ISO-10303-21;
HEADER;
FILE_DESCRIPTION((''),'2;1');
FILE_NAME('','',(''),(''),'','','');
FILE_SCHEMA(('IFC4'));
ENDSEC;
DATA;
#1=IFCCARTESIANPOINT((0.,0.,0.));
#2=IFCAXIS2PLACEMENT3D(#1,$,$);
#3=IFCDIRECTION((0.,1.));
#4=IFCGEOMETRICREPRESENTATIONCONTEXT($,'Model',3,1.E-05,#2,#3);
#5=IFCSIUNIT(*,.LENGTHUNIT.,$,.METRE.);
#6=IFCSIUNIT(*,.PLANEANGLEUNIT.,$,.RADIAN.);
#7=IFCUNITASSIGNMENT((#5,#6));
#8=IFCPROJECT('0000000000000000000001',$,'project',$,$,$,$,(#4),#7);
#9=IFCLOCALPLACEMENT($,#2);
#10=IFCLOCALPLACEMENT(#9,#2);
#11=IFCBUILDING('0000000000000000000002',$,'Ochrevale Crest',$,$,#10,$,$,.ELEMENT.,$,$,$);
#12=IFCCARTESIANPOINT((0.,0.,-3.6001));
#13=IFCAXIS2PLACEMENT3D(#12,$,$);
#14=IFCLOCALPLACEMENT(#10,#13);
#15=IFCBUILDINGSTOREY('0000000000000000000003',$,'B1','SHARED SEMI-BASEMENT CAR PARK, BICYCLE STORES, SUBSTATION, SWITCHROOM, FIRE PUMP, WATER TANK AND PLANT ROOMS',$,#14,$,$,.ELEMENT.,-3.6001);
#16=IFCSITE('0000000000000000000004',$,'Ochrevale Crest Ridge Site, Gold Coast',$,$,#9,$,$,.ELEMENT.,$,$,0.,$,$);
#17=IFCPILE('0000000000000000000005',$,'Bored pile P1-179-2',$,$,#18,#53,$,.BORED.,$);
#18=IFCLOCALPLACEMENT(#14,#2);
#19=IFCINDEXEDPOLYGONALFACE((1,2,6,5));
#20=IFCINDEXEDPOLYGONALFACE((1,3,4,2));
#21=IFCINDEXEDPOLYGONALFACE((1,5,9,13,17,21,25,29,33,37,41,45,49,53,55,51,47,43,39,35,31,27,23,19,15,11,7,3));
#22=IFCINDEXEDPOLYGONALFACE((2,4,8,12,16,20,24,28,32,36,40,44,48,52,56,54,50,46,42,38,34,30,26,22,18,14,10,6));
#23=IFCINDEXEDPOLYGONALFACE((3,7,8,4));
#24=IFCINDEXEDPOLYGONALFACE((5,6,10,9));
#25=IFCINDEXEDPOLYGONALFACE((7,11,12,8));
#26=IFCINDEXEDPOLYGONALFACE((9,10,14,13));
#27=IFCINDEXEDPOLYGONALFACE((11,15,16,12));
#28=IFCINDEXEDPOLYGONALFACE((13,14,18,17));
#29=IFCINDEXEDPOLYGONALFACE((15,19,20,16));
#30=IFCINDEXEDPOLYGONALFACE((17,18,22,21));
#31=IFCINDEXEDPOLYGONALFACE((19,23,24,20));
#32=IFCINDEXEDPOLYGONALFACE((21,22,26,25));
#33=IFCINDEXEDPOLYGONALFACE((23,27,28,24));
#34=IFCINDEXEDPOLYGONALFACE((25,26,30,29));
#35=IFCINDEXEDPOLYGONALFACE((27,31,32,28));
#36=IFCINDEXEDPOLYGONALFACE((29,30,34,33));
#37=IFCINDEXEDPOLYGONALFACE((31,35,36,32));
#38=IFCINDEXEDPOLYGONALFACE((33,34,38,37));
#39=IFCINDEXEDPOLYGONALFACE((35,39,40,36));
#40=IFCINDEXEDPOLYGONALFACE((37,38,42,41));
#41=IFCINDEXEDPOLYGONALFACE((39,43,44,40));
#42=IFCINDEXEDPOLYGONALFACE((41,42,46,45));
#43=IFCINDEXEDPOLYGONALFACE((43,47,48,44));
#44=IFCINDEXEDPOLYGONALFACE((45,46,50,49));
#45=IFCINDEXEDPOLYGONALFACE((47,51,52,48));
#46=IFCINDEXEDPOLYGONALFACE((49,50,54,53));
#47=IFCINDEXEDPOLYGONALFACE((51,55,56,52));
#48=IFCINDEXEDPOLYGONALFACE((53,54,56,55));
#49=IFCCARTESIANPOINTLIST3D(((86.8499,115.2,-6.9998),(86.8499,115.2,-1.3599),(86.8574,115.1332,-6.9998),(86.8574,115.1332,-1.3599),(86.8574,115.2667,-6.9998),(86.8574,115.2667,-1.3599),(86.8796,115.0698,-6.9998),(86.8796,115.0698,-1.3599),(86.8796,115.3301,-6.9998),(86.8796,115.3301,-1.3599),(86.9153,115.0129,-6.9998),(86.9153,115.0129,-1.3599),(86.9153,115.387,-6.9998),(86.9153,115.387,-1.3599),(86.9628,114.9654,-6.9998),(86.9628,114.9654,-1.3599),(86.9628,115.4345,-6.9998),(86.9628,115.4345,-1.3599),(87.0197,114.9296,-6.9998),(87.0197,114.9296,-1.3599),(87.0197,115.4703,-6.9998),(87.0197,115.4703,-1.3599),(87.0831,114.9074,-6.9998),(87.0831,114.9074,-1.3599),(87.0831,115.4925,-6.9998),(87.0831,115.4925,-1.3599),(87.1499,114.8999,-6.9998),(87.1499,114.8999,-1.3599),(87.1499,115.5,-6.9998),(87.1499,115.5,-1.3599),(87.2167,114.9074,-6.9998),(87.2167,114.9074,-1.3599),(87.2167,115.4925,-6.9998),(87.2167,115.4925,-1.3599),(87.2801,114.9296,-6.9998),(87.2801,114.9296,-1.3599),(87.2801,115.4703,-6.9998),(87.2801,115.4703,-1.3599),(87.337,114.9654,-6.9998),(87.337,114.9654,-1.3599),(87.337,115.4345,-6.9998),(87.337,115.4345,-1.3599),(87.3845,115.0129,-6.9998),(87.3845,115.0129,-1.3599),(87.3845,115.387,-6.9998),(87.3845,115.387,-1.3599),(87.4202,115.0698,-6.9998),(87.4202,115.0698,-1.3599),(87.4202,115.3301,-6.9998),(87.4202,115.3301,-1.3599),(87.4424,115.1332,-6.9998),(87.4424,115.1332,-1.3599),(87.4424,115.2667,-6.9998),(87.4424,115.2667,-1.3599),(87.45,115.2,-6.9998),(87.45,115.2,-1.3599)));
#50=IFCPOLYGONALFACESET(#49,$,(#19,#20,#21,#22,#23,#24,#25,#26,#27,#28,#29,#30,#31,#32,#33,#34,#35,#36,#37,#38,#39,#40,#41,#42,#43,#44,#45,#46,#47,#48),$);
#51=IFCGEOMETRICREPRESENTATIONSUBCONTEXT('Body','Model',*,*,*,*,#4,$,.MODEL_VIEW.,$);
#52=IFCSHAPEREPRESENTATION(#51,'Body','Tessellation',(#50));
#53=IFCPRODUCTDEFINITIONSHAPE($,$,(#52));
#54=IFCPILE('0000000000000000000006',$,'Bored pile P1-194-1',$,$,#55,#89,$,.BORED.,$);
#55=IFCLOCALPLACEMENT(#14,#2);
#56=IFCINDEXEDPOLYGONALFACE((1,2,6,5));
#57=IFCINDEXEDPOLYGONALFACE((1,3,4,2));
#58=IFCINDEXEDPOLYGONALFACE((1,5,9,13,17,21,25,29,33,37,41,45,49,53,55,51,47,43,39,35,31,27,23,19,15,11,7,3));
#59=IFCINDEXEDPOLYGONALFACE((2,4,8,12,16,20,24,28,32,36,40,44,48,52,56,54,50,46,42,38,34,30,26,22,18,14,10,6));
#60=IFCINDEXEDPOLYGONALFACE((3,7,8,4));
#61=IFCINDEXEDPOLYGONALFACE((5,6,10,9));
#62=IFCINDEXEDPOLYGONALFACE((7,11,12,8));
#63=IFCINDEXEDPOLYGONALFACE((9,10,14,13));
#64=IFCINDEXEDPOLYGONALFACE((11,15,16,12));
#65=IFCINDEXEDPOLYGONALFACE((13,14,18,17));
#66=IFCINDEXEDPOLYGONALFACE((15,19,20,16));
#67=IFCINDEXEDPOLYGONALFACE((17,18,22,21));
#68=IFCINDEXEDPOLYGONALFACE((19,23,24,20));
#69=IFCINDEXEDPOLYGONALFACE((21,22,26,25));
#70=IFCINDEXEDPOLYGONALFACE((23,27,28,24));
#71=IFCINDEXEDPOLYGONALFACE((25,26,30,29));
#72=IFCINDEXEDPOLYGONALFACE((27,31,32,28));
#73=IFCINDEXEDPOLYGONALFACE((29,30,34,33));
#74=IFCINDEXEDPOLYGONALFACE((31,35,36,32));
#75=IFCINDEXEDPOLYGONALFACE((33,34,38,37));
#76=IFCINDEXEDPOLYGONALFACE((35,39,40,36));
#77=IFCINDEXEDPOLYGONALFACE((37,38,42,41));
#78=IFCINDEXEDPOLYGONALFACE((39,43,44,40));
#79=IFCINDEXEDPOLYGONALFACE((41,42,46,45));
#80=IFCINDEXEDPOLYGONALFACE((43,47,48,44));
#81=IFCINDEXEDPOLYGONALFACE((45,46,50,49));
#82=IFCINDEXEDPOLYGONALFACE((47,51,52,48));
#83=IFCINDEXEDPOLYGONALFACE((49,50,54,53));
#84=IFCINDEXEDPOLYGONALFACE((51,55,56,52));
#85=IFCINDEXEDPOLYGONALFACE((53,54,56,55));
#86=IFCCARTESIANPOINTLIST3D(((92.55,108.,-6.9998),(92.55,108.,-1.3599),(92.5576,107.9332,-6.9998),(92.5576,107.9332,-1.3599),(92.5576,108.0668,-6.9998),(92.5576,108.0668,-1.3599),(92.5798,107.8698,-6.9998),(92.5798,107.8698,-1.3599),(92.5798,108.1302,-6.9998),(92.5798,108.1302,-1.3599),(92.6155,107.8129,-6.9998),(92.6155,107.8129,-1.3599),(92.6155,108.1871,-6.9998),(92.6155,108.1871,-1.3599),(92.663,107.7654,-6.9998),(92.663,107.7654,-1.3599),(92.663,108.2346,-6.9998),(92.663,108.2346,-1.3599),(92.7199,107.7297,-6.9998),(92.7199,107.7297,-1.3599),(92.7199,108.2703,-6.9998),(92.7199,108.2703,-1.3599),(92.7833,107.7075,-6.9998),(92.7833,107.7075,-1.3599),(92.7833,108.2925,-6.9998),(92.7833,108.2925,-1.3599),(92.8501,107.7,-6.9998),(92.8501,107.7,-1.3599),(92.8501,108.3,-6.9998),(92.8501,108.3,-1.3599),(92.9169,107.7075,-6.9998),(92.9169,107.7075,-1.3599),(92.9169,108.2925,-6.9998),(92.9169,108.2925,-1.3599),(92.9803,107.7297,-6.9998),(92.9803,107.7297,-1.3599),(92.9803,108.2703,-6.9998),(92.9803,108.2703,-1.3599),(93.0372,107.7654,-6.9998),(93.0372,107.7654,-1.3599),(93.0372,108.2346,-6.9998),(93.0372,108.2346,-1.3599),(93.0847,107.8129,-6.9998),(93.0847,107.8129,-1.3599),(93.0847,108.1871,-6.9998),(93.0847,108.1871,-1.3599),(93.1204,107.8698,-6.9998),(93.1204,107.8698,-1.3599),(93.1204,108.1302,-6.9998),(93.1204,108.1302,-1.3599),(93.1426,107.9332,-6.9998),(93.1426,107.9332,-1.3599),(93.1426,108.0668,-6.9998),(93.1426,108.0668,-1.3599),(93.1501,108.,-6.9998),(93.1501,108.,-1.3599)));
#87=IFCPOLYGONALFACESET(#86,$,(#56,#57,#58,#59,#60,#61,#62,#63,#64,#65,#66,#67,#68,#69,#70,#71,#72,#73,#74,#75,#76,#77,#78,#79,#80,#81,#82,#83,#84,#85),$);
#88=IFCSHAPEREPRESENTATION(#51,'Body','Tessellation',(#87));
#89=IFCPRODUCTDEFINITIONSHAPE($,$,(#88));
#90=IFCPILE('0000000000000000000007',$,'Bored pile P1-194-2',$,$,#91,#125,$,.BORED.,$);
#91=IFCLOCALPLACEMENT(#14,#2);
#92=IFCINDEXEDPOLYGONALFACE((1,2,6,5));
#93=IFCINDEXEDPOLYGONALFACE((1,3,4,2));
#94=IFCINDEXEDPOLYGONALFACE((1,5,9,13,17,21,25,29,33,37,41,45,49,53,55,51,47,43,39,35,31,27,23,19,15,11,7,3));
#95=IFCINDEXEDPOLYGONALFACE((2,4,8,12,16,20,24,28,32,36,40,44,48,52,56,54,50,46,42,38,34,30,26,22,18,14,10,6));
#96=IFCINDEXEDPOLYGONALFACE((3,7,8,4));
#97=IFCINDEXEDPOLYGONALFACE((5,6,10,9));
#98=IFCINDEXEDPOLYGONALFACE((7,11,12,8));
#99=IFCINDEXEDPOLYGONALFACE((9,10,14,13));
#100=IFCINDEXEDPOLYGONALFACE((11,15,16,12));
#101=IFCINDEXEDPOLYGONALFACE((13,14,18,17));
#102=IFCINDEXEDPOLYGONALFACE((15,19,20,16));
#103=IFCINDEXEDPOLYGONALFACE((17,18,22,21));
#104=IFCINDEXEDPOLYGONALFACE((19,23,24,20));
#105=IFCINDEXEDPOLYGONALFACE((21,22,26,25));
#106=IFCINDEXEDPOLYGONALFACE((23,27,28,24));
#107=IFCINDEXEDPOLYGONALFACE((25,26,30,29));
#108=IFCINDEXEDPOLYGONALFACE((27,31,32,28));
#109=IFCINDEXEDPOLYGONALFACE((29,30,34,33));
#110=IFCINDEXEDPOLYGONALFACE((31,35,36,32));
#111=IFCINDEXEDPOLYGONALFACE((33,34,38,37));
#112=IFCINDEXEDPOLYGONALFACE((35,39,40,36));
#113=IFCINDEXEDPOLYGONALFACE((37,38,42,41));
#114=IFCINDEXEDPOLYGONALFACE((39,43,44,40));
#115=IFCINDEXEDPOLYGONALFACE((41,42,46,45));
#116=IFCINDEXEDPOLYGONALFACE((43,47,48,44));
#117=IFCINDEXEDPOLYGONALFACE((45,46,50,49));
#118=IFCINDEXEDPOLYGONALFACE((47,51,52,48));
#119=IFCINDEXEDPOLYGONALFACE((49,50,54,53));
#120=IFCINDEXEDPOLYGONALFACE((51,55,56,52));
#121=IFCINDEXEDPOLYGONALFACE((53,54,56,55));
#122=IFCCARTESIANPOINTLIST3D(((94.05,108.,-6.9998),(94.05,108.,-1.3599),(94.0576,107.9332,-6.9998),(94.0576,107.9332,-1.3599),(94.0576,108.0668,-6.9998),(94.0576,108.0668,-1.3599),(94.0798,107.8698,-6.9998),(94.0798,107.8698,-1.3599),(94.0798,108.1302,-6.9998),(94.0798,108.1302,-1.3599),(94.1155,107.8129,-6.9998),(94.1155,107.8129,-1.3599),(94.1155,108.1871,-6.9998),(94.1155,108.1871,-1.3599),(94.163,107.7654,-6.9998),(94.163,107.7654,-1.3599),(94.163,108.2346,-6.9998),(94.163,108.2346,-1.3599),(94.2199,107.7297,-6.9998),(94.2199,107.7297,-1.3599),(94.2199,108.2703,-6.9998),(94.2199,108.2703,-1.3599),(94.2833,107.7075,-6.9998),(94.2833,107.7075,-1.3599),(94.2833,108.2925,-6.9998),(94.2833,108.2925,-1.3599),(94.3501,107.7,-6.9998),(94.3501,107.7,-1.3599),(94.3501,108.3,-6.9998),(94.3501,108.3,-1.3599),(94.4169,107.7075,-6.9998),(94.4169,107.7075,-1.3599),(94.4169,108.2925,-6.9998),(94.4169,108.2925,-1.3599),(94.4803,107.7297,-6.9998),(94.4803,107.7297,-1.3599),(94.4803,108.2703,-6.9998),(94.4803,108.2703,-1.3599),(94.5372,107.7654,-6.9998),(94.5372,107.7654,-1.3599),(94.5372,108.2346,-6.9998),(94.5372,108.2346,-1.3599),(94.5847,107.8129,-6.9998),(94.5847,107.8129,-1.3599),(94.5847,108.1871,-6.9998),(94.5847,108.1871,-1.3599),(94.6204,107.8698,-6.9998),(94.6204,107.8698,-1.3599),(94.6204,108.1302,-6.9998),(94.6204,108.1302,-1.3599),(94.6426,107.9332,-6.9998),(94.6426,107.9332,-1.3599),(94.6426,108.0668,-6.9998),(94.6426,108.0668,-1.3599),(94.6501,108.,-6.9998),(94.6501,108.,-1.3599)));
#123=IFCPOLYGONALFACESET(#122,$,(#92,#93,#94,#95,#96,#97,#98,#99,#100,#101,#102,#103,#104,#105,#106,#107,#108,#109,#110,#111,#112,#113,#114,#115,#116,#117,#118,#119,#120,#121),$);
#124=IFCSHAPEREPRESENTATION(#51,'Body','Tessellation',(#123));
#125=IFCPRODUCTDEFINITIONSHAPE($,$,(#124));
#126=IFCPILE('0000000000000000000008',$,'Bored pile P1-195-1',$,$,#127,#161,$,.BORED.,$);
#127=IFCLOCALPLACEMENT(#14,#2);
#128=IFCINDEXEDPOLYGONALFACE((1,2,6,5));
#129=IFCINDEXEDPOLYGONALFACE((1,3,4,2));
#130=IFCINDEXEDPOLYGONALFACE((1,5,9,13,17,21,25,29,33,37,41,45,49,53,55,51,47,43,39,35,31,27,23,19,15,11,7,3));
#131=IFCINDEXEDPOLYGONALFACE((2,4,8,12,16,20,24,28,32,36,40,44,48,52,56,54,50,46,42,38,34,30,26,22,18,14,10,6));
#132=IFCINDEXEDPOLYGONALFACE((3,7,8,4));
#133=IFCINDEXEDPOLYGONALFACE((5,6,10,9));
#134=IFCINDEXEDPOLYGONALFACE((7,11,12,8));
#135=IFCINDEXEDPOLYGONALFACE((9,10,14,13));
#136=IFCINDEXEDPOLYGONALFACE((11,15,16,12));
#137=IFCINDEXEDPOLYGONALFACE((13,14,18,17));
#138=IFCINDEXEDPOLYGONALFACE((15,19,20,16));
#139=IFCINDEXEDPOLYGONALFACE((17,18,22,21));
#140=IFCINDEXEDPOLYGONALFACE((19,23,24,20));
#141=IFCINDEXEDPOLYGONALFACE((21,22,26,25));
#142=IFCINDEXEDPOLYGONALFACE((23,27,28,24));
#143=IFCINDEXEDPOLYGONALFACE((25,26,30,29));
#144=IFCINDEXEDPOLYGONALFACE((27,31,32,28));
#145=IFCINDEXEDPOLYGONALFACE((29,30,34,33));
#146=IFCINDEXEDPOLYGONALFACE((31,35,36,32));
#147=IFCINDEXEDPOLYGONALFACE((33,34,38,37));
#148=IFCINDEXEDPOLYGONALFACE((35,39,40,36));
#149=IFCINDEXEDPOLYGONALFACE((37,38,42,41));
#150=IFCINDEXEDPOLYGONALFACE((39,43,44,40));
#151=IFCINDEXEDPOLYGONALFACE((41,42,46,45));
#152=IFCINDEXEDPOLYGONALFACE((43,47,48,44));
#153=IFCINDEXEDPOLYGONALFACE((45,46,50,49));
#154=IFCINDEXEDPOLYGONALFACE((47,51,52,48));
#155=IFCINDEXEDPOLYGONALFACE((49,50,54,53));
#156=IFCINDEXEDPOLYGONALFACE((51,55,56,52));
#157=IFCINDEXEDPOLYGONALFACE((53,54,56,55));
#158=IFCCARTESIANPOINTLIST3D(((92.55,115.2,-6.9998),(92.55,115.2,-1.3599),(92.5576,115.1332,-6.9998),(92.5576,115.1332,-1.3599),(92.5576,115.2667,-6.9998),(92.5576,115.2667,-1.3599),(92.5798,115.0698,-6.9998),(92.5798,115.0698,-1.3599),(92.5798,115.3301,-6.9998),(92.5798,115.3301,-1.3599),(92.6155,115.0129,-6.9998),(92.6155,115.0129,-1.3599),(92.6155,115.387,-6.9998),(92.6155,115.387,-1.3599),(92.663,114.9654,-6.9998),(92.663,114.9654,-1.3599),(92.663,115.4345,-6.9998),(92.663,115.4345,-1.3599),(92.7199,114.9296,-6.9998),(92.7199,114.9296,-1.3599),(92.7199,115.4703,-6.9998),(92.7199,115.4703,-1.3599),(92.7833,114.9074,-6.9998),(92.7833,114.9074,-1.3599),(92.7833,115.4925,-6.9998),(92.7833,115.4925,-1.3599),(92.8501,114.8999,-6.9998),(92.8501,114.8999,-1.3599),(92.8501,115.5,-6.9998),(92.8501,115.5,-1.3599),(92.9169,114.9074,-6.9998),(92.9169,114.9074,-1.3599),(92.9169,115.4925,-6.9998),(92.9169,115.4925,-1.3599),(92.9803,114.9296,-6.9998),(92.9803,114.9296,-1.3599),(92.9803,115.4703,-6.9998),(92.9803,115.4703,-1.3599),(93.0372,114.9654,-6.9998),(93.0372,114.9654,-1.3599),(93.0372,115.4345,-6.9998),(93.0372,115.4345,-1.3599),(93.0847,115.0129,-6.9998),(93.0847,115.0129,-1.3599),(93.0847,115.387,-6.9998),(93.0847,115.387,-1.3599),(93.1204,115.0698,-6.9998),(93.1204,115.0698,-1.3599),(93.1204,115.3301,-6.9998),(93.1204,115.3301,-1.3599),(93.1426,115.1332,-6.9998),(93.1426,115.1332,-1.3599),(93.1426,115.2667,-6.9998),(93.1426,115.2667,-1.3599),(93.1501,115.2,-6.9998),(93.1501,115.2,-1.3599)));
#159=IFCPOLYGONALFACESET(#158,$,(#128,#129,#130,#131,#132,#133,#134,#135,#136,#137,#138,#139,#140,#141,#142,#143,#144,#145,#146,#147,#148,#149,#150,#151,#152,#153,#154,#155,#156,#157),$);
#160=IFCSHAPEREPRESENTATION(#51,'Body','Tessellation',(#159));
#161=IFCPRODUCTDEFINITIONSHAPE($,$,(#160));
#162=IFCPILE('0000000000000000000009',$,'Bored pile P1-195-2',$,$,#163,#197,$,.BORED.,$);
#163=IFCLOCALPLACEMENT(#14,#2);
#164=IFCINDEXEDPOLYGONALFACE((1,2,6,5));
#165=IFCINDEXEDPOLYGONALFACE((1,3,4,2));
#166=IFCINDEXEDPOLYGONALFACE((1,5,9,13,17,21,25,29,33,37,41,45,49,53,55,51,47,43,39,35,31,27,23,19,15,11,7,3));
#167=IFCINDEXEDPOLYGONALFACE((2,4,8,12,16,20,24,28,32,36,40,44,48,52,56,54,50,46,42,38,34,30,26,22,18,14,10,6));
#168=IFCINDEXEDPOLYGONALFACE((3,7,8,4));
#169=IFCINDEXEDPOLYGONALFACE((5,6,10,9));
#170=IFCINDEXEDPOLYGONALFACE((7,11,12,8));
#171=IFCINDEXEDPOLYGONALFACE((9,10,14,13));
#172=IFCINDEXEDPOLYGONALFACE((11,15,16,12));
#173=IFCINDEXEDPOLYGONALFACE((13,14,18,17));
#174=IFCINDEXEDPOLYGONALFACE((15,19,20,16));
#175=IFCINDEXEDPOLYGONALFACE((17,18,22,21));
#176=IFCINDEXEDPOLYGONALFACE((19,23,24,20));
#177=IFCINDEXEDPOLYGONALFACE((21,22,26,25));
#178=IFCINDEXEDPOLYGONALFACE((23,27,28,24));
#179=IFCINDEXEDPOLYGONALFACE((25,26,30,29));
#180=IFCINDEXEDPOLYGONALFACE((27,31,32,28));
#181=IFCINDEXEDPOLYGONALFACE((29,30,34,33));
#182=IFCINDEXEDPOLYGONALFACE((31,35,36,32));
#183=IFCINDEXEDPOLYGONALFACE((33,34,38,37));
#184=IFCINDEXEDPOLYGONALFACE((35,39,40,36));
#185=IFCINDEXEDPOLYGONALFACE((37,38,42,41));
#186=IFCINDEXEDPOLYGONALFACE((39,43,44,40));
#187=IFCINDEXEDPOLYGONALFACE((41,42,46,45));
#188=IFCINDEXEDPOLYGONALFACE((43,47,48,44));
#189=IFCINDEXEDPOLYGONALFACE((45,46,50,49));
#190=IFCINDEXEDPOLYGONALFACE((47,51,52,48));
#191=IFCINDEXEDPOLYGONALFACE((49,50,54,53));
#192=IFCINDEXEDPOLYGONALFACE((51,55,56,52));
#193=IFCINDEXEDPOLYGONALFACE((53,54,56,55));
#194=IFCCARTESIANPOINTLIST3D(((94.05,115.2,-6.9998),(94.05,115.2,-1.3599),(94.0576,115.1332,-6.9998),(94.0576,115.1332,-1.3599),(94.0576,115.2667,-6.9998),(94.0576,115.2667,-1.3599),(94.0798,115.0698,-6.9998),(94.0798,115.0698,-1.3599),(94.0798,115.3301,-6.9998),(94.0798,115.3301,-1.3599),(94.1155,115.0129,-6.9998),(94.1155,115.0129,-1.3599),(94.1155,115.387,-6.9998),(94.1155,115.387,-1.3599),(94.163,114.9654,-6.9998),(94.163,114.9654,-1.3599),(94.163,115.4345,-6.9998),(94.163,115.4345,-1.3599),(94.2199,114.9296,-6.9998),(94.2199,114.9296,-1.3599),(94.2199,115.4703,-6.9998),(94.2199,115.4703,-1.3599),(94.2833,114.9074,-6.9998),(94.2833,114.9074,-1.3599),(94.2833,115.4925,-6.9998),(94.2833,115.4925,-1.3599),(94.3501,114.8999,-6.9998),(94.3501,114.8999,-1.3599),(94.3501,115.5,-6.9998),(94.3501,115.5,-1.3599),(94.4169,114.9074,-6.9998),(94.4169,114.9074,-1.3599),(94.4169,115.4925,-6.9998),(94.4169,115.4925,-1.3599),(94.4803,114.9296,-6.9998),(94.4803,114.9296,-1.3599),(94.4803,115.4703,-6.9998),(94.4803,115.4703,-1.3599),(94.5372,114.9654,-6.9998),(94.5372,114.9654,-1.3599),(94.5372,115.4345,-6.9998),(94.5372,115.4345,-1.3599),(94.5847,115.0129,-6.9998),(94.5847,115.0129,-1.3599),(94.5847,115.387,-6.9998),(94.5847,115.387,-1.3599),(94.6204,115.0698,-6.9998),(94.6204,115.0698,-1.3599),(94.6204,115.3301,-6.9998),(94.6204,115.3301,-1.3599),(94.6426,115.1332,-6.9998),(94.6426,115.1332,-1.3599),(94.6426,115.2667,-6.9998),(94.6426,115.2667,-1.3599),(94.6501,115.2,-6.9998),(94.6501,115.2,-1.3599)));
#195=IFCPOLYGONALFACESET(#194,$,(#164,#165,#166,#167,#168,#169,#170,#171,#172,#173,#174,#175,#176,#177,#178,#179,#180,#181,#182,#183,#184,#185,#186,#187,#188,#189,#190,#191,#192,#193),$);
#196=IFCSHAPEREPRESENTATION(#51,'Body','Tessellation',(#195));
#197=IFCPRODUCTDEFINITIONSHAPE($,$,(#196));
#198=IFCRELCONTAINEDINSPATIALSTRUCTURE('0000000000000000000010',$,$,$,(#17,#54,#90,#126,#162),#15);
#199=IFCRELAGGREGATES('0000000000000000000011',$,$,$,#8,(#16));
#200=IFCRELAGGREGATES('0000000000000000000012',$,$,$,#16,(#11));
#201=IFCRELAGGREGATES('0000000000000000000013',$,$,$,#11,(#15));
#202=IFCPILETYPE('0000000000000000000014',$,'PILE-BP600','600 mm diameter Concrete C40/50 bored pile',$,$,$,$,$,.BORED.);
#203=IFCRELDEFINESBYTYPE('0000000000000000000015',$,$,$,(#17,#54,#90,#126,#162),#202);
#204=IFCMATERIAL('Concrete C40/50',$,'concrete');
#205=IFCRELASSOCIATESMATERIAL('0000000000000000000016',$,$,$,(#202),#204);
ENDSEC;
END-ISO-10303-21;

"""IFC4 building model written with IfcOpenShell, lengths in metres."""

from ifc_helpers import new_model, si_unit, direction, frame, origin, origin_2d, place, context, subcontext, project, spatial, circle, extrude, material, material_profile, profile_set, type_object, element, save


model = new_model("IFC4")

# Units and contexts
model_context = context("Model", 3, precision=1e-05, world=origin(), true_north=direction((0.0, 1.0)))
body_context = subcontext(model_context, "Body", "Model", "MODEL_VIEW")
ifc_project = project(units=[si_unit("LENGTHUNIT", "METRE"), si_unit("PLANEANGLEUNIT", "RADIAN")], contexts=[model_context])

# Site, building, storey
site_placement = place(None, origin())
site = spatial("IfcSite", under=ifc_project, at=site_placement, Name="Ochrevale Crest Ridge Site, Gold Coast", CompositionType="ELEMENT", RefElevation=0.0)
building_placement = place(site_placement, origin())
building = spatial("IfcBuilding", under=site, at=building_placement, Name="Ochrevale Crest", CompositionType="ELEMENT")
storey_placement = place(building_placement, frame((0.0, 0.0, -3.6001)))
storey = spatial("IfcBuildingStorey", under=building, at=storey_placement, Name="B1", Description="SHARED SEMI-BASEMENT CAR PARK, BICYCLE STORES, SUBSTATION, SWITCHROOM, FIRE PUMP, WATER TANK AND PLANT ROOMS", CompositionType="ELEMENT", Elevation=-3.6001)

# Shared definitions
ifc_material_1 = material(Name="Concrete C40/50", Category="concrete")

# Piles
ifc_material_profile_1 = material_profile(ifc_material_1, circle(Radius=0.3, at=origin_2d()), Name="BORED PILE 600")
ifc_profile_set_1 = profile_set([ifc_material_profile_1], Name="Concrete C40/50")
pile_type = type_object("IfcPileType", Name="PILE-BP600", Description="600 mm diameter Concrete C40/50 bored pile", PredefinedType="BORED", material=ifc_profile_set_1)
for number, where, z_axis, x_axis, name in (
    (1, (87.1499, 115.2, -1.3599), (0.0, 0.0, -1.0), (1.0, 0.0, 0.0), "Bored pile P1-179-2"),
    (2, (92.8501, 108.0, -1.3599), (0.0, 0.0, -1.0), (1.0, 0.0, 0.0), "Bored pile P1-194-1"),
    (3, (94.3501, 108.0, -1.3599), (0.0, 0.0, -1.0), (1.0, 0.0, 0.0), "Bored pile P1-194-2"),
    (4, (92.8501, 115.2, -1.3599), (0.0, 0.0, -1.0), (1.0, 0.0, 0.0), "Bored pile P1-195-1"),
    (5, (94.3501, 115.2, -1.3599), (0.0, 0.0, -1.0), (1.0, 0.0, 0.0), "Bored pile P1-195-2"),
):
    element("IfcPile", number, at=place(storey_placement, frame(where, z_axis=z_axis, x_axis=x_axis)), inside=storey, type_object=pile_type, Name=name, PredefinedType="BORED", context=body_context, shape_type="SweptSolid", body=[
        extrude(circle(Radius=0.3, at=origin_2d()), origin(), (0.0, 0.0, 1.0), 5.6399),
    ])

save(model, "model.ifc")
